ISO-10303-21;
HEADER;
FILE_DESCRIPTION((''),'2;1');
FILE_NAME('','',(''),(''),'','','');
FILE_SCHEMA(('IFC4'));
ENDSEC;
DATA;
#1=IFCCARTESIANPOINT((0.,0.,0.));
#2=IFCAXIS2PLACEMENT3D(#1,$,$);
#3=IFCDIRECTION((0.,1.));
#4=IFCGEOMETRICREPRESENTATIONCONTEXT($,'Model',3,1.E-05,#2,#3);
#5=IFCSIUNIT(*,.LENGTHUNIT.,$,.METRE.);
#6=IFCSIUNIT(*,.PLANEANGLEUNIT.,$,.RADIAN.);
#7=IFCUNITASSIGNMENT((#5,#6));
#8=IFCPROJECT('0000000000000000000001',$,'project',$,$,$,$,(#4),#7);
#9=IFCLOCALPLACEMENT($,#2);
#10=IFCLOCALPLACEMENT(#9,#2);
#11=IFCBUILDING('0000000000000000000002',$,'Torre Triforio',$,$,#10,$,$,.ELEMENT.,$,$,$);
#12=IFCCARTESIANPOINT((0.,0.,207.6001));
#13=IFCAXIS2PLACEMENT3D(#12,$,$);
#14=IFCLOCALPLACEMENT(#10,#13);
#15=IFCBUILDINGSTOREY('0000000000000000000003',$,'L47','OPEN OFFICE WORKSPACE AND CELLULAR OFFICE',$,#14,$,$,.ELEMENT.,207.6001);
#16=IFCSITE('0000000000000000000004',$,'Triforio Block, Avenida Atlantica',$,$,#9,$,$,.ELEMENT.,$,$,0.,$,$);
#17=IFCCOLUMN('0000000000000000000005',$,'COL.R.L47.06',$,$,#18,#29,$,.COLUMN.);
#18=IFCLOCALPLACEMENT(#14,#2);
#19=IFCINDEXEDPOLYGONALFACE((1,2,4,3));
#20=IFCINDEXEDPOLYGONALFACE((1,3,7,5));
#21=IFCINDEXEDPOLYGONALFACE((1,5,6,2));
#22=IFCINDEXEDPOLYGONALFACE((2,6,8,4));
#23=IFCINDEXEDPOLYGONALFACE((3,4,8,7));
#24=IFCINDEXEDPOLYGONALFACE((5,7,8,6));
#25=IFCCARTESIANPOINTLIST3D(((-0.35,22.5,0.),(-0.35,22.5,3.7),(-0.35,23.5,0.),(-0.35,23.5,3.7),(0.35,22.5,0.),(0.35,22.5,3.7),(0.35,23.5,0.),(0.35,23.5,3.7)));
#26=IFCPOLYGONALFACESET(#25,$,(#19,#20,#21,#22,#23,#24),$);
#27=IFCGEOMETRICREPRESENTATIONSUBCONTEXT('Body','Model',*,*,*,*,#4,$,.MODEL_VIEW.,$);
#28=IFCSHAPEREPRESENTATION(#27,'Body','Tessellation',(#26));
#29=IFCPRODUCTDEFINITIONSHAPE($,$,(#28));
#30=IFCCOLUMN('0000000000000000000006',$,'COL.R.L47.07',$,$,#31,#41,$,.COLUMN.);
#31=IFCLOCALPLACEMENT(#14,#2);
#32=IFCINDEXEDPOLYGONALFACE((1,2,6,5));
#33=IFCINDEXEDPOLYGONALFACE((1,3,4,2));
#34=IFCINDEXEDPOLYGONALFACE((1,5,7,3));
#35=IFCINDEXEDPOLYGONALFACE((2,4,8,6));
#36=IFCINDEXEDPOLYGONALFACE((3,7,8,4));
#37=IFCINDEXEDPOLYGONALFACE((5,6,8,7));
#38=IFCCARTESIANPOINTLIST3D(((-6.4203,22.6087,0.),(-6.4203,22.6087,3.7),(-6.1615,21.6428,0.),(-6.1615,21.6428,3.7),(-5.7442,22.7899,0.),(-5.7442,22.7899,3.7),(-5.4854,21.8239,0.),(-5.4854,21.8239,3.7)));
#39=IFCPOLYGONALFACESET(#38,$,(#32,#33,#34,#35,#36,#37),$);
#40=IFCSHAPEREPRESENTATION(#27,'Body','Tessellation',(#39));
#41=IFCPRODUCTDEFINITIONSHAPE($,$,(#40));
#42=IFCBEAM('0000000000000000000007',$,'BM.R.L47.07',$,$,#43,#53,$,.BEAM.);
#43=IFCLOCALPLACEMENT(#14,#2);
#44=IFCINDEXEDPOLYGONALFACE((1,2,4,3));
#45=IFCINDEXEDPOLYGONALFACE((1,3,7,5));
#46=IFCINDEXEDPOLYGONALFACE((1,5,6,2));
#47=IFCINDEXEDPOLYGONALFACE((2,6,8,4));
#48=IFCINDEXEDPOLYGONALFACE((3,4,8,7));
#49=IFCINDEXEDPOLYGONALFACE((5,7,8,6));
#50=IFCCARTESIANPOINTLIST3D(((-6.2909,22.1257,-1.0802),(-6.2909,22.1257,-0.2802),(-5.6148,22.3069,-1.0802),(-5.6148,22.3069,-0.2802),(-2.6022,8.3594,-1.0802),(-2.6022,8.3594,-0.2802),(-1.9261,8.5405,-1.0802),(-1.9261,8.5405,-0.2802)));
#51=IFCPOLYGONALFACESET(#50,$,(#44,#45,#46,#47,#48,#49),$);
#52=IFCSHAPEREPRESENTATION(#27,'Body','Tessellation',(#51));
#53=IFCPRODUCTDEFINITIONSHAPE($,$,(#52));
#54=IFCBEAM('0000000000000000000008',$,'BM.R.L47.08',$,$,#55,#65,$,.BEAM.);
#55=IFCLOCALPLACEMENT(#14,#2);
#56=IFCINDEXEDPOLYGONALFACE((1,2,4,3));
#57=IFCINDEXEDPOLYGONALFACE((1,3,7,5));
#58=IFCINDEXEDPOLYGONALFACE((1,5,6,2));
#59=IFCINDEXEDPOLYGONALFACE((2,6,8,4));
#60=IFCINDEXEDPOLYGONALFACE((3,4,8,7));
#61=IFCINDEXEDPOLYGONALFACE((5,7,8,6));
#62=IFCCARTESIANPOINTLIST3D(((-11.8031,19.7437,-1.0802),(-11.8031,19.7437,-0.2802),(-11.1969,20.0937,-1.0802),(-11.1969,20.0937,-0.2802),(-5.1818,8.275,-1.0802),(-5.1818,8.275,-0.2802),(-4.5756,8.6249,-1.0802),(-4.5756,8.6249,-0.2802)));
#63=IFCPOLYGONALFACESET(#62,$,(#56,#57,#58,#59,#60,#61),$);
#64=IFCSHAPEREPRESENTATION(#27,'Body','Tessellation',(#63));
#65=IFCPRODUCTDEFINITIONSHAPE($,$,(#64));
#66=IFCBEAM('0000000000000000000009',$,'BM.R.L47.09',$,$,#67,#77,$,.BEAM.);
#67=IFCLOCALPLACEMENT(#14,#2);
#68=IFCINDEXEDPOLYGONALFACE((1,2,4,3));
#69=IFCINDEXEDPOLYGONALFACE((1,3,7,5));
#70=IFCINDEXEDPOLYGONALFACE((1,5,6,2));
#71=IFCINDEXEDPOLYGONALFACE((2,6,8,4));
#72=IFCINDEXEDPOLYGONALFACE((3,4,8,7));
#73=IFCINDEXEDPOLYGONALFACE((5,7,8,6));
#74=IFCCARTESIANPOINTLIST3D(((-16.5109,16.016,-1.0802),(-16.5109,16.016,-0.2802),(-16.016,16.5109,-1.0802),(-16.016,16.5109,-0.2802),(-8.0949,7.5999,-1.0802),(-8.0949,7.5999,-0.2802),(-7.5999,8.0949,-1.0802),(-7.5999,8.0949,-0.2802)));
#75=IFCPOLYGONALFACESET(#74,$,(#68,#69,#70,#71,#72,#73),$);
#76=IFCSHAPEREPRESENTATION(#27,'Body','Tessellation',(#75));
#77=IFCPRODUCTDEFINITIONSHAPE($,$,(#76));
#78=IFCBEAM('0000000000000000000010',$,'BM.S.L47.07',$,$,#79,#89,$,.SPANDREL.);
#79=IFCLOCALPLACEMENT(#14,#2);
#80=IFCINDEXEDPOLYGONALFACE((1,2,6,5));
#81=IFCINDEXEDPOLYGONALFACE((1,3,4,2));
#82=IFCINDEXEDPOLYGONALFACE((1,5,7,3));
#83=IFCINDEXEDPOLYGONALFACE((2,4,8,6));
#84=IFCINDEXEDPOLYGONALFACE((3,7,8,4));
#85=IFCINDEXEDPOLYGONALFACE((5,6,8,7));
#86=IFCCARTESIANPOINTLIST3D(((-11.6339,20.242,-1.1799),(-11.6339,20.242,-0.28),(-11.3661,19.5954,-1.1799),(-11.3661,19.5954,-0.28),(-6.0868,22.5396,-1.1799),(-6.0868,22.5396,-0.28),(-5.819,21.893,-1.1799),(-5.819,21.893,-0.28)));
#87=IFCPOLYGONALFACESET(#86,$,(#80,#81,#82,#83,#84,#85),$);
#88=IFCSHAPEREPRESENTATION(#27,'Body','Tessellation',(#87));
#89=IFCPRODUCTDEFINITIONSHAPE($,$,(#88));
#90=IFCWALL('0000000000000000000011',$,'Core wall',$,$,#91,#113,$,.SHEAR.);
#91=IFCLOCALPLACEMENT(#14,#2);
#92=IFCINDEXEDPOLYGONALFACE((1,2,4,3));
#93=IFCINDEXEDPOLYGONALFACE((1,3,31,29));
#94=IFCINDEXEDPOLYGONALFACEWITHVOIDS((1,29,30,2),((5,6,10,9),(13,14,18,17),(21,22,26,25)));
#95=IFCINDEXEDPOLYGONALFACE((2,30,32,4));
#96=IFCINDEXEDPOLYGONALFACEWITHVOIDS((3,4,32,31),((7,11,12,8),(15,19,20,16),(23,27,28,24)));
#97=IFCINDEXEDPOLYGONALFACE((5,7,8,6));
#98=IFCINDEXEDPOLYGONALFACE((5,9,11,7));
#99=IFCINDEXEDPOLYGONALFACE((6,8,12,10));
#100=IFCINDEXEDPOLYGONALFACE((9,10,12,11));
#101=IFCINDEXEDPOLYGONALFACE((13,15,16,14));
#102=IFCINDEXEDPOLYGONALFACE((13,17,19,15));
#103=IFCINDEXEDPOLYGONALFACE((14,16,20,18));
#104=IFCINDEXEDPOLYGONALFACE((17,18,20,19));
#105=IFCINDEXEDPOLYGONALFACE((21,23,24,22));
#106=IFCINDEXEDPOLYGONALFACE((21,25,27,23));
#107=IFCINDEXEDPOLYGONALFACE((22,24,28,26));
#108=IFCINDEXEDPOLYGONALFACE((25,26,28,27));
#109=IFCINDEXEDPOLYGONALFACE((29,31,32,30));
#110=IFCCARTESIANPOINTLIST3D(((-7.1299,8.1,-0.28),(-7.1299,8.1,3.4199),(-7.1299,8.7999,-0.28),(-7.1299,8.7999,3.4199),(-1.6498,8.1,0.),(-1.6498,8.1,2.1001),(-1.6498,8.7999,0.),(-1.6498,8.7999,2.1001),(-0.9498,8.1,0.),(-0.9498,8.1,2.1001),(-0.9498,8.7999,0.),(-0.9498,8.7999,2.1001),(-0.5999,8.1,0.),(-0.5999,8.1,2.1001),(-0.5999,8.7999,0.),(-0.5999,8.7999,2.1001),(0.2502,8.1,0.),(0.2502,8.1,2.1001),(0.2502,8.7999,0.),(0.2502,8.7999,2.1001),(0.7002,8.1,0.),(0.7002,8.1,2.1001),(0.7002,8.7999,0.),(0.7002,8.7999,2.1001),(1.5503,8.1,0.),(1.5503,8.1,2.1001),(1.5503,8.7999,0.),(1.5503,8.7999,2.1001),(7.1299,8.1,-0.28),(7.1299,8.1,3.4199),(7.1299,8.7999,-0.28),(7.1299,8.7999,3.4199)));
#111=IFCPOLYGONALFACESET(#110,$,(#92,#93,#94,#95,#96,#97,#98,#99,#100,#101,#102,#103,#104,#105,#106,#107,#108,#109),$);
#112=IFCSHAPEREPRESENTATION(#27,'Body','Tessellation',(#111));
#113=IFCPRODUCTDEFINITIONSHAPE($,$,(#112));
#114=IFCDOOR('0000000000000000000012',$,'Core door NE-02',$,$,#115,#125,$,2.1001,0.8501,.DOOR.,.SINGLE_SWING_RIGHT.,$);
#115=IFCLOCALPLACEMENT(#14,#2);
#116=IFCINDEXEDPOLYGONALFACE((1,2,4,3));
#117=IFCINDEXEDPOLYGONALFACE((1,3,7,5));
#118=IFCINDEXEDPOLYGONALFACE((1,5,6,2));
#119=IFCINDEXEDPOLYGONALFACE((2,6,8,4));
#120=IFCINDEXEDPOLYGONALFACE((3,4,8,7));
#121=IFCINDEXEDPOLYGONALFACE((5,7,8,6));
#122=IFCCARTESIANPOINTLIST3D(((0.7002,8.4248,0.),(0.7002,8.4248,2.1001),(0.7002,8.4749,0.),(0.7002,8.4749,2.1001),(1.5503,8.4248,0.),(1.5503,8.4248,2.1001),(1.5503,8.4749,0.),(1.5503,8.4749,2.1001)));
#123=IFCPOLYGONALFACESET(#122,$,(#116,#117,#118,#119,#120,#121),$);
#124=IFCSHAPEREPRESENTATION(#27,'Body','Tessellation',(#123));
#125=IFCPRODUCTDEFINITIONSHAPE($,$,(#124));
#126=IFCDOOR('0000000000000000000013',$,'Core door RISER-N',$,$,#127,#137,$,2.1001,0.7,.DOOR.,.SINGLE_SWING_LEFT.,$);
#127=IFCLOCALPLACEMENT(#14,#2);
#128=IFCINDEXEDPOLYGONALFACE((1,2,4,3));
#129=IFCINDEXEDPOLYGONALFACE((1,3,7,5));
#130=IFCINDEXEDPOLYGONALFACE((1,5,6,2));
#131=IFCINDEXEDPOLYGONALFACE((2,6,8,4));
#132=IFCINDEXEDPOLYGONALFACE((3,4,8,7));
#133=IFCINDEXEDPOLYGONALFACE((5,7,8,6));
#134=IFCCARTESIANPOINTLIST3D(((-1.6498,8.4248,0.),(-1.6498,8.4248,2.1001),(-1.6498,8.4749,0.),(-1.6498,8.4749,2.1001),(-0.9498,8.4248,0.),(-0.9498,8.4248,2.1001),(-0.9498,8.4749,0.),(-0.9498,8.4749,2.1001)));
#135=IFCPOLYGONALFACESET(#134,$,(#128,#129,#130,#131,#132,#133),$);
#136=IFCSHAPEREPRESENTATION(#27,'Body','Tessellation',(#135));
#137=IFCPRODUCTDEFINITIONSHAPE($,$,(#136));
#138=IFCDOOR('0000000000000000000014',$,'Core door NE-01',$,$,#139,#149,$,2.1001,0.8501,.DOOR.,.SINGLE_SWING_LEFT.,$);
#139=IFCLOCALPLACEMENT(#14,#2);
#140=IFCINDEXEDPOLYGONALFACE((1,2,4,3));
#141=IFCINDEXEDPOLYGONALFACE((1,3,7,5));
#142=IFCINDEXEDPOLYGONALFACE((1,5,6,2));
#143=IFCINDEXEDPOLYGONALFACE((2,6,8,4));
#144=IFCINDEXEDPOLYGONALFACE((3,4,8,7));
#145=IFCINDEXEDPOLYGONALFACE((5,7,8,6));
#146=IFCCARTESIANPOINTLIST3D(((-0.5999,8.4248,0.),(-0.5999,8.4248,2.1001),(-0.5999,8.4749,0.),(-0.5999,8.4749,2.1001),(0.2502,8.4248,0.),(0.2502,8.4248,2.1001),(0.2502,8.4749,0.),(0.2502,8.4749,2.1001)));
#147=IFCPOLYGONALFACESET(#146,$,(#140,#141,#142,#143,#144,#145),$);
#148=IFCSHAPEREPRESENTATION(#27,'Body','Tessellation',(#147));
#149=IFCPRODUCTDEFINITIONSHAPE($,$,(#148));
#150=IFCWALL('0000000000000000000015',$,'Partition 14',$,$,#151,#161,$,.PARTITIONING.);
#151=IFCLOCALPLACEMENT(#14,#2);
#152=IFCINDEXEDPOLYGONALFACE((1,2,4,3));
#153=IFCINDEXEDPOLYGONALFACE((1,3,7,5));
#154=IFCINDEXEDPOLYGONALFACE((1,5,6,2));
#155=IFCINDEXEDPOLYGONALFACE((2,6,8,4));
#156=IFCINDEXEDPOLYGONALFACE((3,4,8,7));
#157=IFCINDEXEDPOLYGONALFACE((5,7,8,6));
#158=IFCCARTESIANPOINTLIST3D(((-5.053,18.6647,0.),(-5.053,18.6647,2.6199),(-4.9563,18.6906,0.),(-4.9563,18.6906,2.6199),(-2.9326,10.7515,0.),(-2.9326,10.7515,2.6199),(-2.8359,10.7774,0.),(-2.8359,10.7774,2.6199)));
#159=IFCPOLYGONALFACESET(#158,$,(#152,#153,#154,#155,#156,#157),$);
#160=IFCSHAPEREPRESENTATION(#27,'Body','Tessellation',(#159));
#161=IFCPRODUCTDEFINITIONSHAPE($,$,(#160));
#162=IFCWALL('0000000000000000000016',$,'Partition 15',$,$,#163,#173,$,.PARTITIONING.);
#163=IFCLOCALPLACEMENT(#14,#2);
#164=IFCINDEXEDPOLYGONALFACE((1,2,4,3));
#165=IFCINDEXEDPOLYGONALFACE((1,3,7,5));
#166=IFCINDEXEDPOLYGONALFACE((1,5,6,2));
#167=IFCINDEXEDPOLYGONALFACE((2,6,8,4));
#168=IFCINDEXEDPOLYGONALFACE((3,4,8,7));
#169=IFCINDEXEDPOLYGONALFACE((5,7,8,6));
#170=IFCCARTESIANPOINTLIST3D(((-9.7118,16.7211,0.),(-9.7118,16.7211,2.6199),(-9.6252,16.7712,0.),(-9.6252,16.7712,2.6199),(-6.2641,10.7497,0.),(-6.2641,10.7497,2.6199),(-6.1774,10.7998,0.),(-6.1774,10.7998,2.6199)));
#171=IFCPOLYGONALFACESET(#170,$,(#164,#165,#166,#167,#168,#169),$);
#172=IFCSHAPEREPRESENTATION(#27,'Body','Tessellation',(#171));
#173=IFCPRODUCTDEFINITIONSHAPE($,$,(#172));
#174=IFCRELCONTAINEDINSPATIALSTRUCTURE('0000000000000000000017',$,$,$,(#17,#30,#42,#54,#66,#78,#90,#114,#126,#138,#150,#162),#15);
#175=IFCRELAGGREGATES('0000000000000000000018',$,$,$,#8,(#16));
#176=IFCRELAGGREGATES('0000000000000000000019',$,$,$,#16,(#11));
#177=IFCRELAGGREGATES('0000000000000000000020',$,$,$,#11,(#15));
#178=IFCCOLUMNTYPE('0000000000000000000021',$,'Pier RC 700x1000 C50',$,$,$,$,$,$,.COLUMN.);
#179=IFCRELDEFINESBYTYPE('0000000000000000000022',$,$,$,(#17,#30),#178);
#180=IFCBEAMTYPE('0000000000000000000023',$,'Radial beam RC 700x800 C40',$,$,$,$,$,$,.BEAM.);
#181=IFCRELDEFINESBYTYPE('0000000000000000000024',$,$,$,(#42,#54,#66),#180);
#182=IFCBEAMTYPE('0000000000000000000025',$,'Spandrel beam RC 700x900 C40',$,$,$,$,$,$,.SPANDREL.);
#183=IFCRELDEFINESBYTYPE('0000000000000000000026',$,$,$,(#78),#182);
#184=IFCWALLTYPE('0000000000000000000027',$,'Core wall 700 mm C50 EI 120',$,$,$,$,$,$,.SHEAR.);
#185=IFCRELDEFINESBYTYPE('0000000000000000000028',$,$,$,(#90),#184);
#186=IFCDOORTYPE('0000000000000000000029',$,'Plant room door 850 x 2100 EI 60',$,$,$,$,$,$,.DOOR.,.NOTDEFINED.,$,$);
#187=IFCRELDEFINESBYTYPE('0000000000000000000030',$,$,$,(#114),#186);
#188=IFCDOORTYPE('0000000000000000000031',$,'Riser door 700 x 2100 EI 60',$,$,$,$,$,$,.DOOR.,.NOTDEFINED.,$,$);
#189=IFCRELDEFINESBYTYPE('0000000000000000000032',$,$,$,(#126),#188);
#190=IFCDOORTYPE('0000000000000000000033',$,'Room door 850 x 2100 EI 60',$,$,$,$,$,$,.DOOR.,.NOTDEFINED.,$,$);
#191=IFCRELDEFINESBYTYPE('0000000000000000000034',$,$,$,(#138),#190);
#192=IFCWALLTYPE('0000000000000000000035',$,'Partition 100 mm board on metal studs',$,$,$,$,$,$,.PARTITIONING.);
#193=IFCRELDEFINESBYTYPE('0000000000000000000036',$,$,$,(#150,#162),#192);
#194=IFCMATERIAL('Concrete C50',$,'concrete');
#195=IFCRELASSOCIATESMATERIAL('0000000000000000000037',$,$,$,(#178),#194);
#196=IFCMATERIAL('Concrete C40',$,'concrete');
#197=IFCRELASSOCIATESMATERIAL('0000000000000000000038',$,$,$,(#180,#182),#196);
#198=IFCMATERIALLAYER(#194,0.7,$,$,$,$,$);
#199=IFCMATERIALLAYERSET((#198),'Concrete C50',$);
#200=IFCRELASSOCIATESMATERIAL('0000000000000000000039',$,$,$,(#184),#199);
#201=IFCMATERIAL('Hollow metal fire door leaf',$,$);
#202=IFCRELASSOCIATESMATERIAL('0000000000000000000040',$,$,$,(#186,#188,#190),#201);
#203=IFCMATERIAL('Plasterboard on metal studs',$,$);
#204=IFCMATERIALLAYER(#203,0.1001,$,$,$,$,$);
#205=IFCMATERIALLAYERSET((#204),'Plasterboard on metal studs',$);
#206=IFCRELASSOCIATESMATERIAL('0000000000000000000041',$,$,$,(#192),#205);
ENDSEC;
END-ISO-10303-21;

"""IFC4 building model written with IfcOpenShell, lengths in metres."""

from ifc_helpers import new_model, si_unit, direction, frame, frame_2d, origin, origin_2d, place, context, subcontext, project, spatial, rectangle, extrude, material, layer, layer_set, material_profile, profile_set, type_object, element, fill, save


model = new_model("IFC4")

# Units and contexts
model_context = context("Model", 3, precision=1e-05, world=origin(), true_north=direction((0.0, 1.0)))
body_context = subcontext(model_context, "Body", "Model", "MODEL_VIEW")
ifc_project = project(units=[si_unit("LENGTHUNIT", "METRE"), si_unit("PLANEANGLEUNIT", "RADIAN")], contexts=[model_context])

# Site, building, storey
site_placement = place(None, origin())
site = spatial("IfcSite", under=ifc_project, at=site_placement, Name="Triforio Block, Avenida Atlantica", CompositionType="ELEMENT", RefElevation=0.0)
building_placement = place(site_placement, origin())
building = spatial("IfcBuilding", under=site, at=building_placement, Name="Torre Triforio", CompositionType="ELEMENT")
storey_placement = place(building_placement, frame((0.0, 0.0, 207.6001)))
storey = spatial("IfcBuildingStorey", under=building, at=storey_placement, Name="L47", Description="OPEN OFFICE WORKSPACE AND CELLULAR OFFICE", CompositionType="ELEMENT", Elevation=207.6001)

# Columns
ifc_material_1 = material(Name="Concrete C50", Category="concrete")
ifc_material_profile_1 = material_profile(ifc_material_1, rectangle(XDim=0.7, YDim=1.0, at=origin_2d()), Name="RC 700x1000")
ifc_profile_set_1 = profile_set([ifc_material_profile_1], Name="Concrete C50")
column_type = type_object("IfcColumnType", Name="Pier RC 700x1000 C50", PredefinedType="COLUMN", material=ifc_profile_set_1)
for number, where, z_axis, x_axis, name in (
    (1, (0.0, 23.0, 0.0), (0.0, 0.0, 1.0), (-1.0, 0.0, 0.0), "COL.R.L47.06"),
    (2, (-5.9529, 22.2163, 0.0), (0.0, 0.0, 1.0), (-0.965926, -0.258819, 0.0), "COL.R.L47.07"),
):
    element("IfcColumn", number, at=place(storey_placement, frame(where, z_axis=z_axis, x_axis=x_axis)), inside=storey, type_object=column_type, Name=name, PredefinedType="COLUMN", context=body_context, shape_type="SweptSolid", body=[
        extrude(rectangle(XDim=0.7, YDim=1.0, at=origin_2d()), origin(), (0.0, 0.0, 1.0), 3.7),
    ])

# Beams
ifc_material_2 = material(Name="Concrete C40", Category="concrete")
ifc_material_profile_2 = material_profile(ifc_material_2, rectangle(XDim=0.7, YDim=0.8, at=origin_2d()), Name="RC 700x800")
ifc_profile_set_2 = profile_set([ifc_material_profile_2], Name="Concrete C40")
beam_type_1 = type_object("IfcBeamType", Name="Radial beam RC 700x800 C40", PredefinedType="BEAM", material=ifc_profile_set_2)
beam_1_placement = place(storey_placement, frame((-2.2642, 8.45, -0.6802), z_axis=(-0.258821, 0.965925, 0.0), x_axis=(-0.965925, -0.258821, 0.0)))
element("IfcBeam", 3, at=beam_1_placement, inside=storey, type_object=beam_type_1, Name="BM.R.L47.07", PredefinedType="BEAM", context=body_context, shape_type="SweptSolid", body=[
    extrude(rectangle(XDim=0.7, YDim=0.8, at=origin_2d()), origin(), (0.0, 0.0, 1.0), 14.252),
])
beam_2_placement = place(storey_placement, frame((-4.8787, 8.45, -0.6802), z_axis=(-0.499992, 0.86603, 0.0), x_axis=(-0.86603, -0.499992, 0.0)))
element("IfcBeam", 4, at=beam_2_placement, inside=storey, type_object=beam_type_1, Name="BM.R.L47.08", PredefinedType="BEAM", context=body_context, shape_type="SweptSolid", body=[
    extrude(rectangle(XDim=0.7, YDim=0.8, at=origin_2d()), origin(), (0.0, 0.0, 1.0), 13.2429),
])
beam_3_placement = place(storey_placement, frame((-7.8474, 7.8474, -0.6802), z_axis=(-0.707107, 0.707107, 0.0), x_axis=(-0.707107, -0.707107, 0.0)))
element("IfcBeam", 5, at=beam_3_placement, inside=storey, type_object=beam_type_1, Name="BM.R.L47.09", PredefinedType="BEAM", context=body_context, shape_type="SweptSolid", body=[
    extrude(rectangle(XDim=0.7, YDim=0.8, at=origin_2d()), origin(), (0.0, 0.0, 1.0), 11.9021),
])
ifc_material_profile_3 = material_profile(ifc_material_2, rectangle(XDim=0.7, YDim=0.8999, at=origin_2d()), Name="RC 700x900")
ifc_profile_set_3 = profile_set([ifc_material_profile_3], Name="Concrete C40")
beam_type_2 = type_object("IfcBeamType", Name="Spandrel beam RC 700x900 C40", PredefinedType="SPANDREL", material=ifc_profile_set_3)
beam_4_placement = place(storey_placement, frame((-5.9529, 22.2163, -0.73), z_axis=(-0.923885, -0.382671, 0.0), x_axis=(0.382671, -0.923885, 0.0)))
element("IfcBeam", 6, at=beam_4_placement, inside=storey, type_object=beam_type_2, Name="BM.S.L47.07", PredefinedType="SPANDREL", context=body_context, shape_type="SweptSolid", body=[
    extrude(rectangle(XDim=0.7, YDim=0.8999, at=origin_2d()), origin(), (0.0, 0.0, 1.0), 6.0042),
])

# Wall, openings, doors
ifc_layer_1 = layer(ifc_material_1, 0.7)
ifc_layer_set_1 = layer_set([ifc_layer_1], Name="Concrete C50")
wall_type_1 = type_object("IfcWallType", Name="Core wall 700 mm C50 EI 120", PredefinedType="SHEAR", material=ifc_layer_set_1)
wall_1_placement = place(storey_placement, frame((-7.1299, 8.45, -0.28), z_axis=(0.0, 0.0, 1.0), x_axis=(1.0, 0.0, 0.0)))
wall_1 = element("IfcWall", 7, at=wall_1_placement, inside=storey, type_object=wall_type_1, Name="Core wall", PredefinedType="SHEAR", context=body_context, shape_type="SweptSolid", body=[
    extrude(rectangle(XDim=14.2598, YDim=0.7, at=frame_2d((7.1299, 0.0))), origin(), (0.0, 0.0, 1.0), 3.7),
])
opening_1_placement = place(wall_1_placement, frame((5.48, 0.0, 0.28)))
opening_1 = element("IfcOpeningElement", 8, at=opening_1_placement, cuts=wall_1, PredefinedType="OPENING", context=body_context, shape_type="SweptSolid", body=[
    extrude(rectangle(XDim=0.7, YDim=2.1001, at=frame_2d((0.3501, 1.05))), frame((0.0, 0.3599, 0.0), z_axis=(0.0, -1.0, 0.0), x_axis=(1.0, 0.0, 0.0)), (0.0, 0.0, 1.0), 0.72),
])
opening_2_placement = place(wall_1_placement, frame((6.53, 0.0, 0.28)))
opening_2 = element("IfcOpeningElement", 9, at=opening_2_placement, cuts=wall_1, PredefinedType="OPENING", context=body_context, shape_type="SweptSolid", body=[
    extrude(rectangle(XDim=0.8501, YDim=2.1001, at=frame_2d((0.425, 1.05))), frame((0.0, 0.3599, 0.0), z_axis=(0.0, -1.0, 0.0), x_axis=(1.0, 0.0, 0.0)), (0.0, 0.0, 1.0), 0.72),
])
opening_3_placement = place(wall_1_placement, frame((7.8301, 0.0, 0.28)))
opening_3 = element("IfcOpeningElement", 10, at=opening_3_placement, cuts=wall_1, PredefinedType="OPENING", context=body_context, shape_type="SweptSolid", body=[
    extrude(rectangle(XDim=0.8501, YDim=2.1001, at=frame_2d((0.425, 1.05))), frame((0.0, 0.3599, 0.0), z_axis=(0.0, -1.0, 0.0), x_axis=(1.0, 0.0, 0.0)), (0.0, 0.0, 1.0), 0.72),
])
ifc_material_3 = material(Name="Hollow metal fire door leaf")
door_type_1 = type_object("IfcDoorType", Name="Plant room door 850 x 2100 EI 60", OperationType="NOTDEFINED", PredefinedType="DOOR", material=ifc_material_3)
door_1_placement = place(opening_3_placement, origin())
door_1 = element("IfcDoor", 11, at=door_1_placement, inside=storey, type_object=door_type_1, Name="Core door NE-02", OperationType="SINGLE_SWING_RIGHT", OverallHeight=2.1001, OverallWidth=0.8501, PredefinedType="DOOR", context=body_context, shape_type="SweptSolid", body=[
    extrude(rectangle(XDim=0.8501, YDim=2.1001, at=frame_2d((0.425, 1.05))), frame((0.0, 0.0249, 0.0), z_axis=(0.0, -1.0, 0.0), x_axis=(1.0, 0.0, 0.0)), (0.0, 0.0, 1.0), 0.05),
])
fill(opening_3, door_1)
door_type_2 = type_object("IfcDoorType", Name="Riser door 700 x 2100 EI 60", OperationType="NOTDEFINED", PredefinedType="DOOR", material=ifc_material_3)
door_2_placement = place(opening_1_placement, origin())
door_2 = element("IfcDoor", 12, at=door_2_placement, inside=storey, type_object=door_type_2, Name="Core door RISER-N", OperationType="SINGLE_SWING_LEFT", OverallHeight=2.1001, OverallWidth=0.7, PredefinedType="DOOR", context=body_context, shape_type="SweptSolid", body=[
    extrude(rectangle(XDim=0.7, YDim=2.1001, at=frame_2d((0.3501, 1.05))), frame((0.0, 0.0249, 0.0), z_axis=(0.0, -1.0, 0.0), x_axis=(1.0, 0.0, 0.0)), (0.0, 0.0, 1.0), 0.05),
])
fill(opening_1, door_2)
door_type_3 = type_object("IfcDoorType", Name="Room door 850 x 2100 EI 60", OperationType="NOTDEFINED", PredefinedType="DOOR", material=ifc_material_3)
door_3_placement = place(opening_2_placement, origin())
door_3 = element("IfcDoor", 13, at=door_3_placement, inside=storey, type_object=door_type_3, Name="Core door NE-01", OperationType="SINGLE_SWING_LEFT", OverallHeight=2.1001, OverallWidth=0.8501, PredefinedType="DOOR", context=body_context, shape_type="SweptSolid", body=[
    extrude(rectangle(XDim=0.8501, YDim=2.1001, at=frame_2d((0.425, 1.05))), frame((0.0, 0.0249, 0.0), z_axis=(0.0, -1.0, 0.0), x_axis=(1.0, 0.0, 0.0)), (0.0, 0.0, 1.0), 0.05),
])
fill(opening_2, door_3)

# Walls
ifc_material_4 = material(Name="Plasterboard on metal studs")
ifc_layer_2 = layer(ifc_material_4, 0.1001)
ifc_layer_set_2 = layer_set([ifc_layer_2], Name="Plasterboard on metal studs")
wall_type_2 = type_object("IfcWallType", Name="Partition 100 mm board on metal studs", PredefinedType="PARTITIONING", material=ifc_layer_set_2)
wall_2_placement = place(storey_placement, frame((-2.8843, 10.7644, 0.0), z_axis=(0.0, 0.0, 1.0), x_axis=(-0.258818, 0.965926, 0.0)))
element("IfcWall", 14, at=wall_2_placement, inside=storey, type_object=wall_type_2, Name="Partition 14", PredefinedType="PARTITIONING", context=body_context, shape_type="SweptSolid", body=[
    extrude(rectangle(XDim=8.1924, YDim=0.1001, at=frame_2d((4.0962, 0.0))), origin(), (0.0, 0.0, 1.0), 2.6199),
])
wall_3_placement = place(storey_placement, frame((-6.2207, 10.7747, 0.0), z_axis=(0.0, 0.0, 1.0), x_axis=(-0.500016, 0.866016, 0.0)))
element("IfcWall", 15, at=wall_3_placement, inside=storey, type_object=wall_type_2, Name="Partition 15", PredefinedType="PARTITIONING", context=body_context, shape_type="SweptSolid", body=[
    extrude(rectangle(XDim=6.8953, YDim=0.1001, at=frame_2d((3.4478, 0.0))), origin(), (0.0, 0.0, 1.0), 2.6199),
])

save(model, "model.ifc")
